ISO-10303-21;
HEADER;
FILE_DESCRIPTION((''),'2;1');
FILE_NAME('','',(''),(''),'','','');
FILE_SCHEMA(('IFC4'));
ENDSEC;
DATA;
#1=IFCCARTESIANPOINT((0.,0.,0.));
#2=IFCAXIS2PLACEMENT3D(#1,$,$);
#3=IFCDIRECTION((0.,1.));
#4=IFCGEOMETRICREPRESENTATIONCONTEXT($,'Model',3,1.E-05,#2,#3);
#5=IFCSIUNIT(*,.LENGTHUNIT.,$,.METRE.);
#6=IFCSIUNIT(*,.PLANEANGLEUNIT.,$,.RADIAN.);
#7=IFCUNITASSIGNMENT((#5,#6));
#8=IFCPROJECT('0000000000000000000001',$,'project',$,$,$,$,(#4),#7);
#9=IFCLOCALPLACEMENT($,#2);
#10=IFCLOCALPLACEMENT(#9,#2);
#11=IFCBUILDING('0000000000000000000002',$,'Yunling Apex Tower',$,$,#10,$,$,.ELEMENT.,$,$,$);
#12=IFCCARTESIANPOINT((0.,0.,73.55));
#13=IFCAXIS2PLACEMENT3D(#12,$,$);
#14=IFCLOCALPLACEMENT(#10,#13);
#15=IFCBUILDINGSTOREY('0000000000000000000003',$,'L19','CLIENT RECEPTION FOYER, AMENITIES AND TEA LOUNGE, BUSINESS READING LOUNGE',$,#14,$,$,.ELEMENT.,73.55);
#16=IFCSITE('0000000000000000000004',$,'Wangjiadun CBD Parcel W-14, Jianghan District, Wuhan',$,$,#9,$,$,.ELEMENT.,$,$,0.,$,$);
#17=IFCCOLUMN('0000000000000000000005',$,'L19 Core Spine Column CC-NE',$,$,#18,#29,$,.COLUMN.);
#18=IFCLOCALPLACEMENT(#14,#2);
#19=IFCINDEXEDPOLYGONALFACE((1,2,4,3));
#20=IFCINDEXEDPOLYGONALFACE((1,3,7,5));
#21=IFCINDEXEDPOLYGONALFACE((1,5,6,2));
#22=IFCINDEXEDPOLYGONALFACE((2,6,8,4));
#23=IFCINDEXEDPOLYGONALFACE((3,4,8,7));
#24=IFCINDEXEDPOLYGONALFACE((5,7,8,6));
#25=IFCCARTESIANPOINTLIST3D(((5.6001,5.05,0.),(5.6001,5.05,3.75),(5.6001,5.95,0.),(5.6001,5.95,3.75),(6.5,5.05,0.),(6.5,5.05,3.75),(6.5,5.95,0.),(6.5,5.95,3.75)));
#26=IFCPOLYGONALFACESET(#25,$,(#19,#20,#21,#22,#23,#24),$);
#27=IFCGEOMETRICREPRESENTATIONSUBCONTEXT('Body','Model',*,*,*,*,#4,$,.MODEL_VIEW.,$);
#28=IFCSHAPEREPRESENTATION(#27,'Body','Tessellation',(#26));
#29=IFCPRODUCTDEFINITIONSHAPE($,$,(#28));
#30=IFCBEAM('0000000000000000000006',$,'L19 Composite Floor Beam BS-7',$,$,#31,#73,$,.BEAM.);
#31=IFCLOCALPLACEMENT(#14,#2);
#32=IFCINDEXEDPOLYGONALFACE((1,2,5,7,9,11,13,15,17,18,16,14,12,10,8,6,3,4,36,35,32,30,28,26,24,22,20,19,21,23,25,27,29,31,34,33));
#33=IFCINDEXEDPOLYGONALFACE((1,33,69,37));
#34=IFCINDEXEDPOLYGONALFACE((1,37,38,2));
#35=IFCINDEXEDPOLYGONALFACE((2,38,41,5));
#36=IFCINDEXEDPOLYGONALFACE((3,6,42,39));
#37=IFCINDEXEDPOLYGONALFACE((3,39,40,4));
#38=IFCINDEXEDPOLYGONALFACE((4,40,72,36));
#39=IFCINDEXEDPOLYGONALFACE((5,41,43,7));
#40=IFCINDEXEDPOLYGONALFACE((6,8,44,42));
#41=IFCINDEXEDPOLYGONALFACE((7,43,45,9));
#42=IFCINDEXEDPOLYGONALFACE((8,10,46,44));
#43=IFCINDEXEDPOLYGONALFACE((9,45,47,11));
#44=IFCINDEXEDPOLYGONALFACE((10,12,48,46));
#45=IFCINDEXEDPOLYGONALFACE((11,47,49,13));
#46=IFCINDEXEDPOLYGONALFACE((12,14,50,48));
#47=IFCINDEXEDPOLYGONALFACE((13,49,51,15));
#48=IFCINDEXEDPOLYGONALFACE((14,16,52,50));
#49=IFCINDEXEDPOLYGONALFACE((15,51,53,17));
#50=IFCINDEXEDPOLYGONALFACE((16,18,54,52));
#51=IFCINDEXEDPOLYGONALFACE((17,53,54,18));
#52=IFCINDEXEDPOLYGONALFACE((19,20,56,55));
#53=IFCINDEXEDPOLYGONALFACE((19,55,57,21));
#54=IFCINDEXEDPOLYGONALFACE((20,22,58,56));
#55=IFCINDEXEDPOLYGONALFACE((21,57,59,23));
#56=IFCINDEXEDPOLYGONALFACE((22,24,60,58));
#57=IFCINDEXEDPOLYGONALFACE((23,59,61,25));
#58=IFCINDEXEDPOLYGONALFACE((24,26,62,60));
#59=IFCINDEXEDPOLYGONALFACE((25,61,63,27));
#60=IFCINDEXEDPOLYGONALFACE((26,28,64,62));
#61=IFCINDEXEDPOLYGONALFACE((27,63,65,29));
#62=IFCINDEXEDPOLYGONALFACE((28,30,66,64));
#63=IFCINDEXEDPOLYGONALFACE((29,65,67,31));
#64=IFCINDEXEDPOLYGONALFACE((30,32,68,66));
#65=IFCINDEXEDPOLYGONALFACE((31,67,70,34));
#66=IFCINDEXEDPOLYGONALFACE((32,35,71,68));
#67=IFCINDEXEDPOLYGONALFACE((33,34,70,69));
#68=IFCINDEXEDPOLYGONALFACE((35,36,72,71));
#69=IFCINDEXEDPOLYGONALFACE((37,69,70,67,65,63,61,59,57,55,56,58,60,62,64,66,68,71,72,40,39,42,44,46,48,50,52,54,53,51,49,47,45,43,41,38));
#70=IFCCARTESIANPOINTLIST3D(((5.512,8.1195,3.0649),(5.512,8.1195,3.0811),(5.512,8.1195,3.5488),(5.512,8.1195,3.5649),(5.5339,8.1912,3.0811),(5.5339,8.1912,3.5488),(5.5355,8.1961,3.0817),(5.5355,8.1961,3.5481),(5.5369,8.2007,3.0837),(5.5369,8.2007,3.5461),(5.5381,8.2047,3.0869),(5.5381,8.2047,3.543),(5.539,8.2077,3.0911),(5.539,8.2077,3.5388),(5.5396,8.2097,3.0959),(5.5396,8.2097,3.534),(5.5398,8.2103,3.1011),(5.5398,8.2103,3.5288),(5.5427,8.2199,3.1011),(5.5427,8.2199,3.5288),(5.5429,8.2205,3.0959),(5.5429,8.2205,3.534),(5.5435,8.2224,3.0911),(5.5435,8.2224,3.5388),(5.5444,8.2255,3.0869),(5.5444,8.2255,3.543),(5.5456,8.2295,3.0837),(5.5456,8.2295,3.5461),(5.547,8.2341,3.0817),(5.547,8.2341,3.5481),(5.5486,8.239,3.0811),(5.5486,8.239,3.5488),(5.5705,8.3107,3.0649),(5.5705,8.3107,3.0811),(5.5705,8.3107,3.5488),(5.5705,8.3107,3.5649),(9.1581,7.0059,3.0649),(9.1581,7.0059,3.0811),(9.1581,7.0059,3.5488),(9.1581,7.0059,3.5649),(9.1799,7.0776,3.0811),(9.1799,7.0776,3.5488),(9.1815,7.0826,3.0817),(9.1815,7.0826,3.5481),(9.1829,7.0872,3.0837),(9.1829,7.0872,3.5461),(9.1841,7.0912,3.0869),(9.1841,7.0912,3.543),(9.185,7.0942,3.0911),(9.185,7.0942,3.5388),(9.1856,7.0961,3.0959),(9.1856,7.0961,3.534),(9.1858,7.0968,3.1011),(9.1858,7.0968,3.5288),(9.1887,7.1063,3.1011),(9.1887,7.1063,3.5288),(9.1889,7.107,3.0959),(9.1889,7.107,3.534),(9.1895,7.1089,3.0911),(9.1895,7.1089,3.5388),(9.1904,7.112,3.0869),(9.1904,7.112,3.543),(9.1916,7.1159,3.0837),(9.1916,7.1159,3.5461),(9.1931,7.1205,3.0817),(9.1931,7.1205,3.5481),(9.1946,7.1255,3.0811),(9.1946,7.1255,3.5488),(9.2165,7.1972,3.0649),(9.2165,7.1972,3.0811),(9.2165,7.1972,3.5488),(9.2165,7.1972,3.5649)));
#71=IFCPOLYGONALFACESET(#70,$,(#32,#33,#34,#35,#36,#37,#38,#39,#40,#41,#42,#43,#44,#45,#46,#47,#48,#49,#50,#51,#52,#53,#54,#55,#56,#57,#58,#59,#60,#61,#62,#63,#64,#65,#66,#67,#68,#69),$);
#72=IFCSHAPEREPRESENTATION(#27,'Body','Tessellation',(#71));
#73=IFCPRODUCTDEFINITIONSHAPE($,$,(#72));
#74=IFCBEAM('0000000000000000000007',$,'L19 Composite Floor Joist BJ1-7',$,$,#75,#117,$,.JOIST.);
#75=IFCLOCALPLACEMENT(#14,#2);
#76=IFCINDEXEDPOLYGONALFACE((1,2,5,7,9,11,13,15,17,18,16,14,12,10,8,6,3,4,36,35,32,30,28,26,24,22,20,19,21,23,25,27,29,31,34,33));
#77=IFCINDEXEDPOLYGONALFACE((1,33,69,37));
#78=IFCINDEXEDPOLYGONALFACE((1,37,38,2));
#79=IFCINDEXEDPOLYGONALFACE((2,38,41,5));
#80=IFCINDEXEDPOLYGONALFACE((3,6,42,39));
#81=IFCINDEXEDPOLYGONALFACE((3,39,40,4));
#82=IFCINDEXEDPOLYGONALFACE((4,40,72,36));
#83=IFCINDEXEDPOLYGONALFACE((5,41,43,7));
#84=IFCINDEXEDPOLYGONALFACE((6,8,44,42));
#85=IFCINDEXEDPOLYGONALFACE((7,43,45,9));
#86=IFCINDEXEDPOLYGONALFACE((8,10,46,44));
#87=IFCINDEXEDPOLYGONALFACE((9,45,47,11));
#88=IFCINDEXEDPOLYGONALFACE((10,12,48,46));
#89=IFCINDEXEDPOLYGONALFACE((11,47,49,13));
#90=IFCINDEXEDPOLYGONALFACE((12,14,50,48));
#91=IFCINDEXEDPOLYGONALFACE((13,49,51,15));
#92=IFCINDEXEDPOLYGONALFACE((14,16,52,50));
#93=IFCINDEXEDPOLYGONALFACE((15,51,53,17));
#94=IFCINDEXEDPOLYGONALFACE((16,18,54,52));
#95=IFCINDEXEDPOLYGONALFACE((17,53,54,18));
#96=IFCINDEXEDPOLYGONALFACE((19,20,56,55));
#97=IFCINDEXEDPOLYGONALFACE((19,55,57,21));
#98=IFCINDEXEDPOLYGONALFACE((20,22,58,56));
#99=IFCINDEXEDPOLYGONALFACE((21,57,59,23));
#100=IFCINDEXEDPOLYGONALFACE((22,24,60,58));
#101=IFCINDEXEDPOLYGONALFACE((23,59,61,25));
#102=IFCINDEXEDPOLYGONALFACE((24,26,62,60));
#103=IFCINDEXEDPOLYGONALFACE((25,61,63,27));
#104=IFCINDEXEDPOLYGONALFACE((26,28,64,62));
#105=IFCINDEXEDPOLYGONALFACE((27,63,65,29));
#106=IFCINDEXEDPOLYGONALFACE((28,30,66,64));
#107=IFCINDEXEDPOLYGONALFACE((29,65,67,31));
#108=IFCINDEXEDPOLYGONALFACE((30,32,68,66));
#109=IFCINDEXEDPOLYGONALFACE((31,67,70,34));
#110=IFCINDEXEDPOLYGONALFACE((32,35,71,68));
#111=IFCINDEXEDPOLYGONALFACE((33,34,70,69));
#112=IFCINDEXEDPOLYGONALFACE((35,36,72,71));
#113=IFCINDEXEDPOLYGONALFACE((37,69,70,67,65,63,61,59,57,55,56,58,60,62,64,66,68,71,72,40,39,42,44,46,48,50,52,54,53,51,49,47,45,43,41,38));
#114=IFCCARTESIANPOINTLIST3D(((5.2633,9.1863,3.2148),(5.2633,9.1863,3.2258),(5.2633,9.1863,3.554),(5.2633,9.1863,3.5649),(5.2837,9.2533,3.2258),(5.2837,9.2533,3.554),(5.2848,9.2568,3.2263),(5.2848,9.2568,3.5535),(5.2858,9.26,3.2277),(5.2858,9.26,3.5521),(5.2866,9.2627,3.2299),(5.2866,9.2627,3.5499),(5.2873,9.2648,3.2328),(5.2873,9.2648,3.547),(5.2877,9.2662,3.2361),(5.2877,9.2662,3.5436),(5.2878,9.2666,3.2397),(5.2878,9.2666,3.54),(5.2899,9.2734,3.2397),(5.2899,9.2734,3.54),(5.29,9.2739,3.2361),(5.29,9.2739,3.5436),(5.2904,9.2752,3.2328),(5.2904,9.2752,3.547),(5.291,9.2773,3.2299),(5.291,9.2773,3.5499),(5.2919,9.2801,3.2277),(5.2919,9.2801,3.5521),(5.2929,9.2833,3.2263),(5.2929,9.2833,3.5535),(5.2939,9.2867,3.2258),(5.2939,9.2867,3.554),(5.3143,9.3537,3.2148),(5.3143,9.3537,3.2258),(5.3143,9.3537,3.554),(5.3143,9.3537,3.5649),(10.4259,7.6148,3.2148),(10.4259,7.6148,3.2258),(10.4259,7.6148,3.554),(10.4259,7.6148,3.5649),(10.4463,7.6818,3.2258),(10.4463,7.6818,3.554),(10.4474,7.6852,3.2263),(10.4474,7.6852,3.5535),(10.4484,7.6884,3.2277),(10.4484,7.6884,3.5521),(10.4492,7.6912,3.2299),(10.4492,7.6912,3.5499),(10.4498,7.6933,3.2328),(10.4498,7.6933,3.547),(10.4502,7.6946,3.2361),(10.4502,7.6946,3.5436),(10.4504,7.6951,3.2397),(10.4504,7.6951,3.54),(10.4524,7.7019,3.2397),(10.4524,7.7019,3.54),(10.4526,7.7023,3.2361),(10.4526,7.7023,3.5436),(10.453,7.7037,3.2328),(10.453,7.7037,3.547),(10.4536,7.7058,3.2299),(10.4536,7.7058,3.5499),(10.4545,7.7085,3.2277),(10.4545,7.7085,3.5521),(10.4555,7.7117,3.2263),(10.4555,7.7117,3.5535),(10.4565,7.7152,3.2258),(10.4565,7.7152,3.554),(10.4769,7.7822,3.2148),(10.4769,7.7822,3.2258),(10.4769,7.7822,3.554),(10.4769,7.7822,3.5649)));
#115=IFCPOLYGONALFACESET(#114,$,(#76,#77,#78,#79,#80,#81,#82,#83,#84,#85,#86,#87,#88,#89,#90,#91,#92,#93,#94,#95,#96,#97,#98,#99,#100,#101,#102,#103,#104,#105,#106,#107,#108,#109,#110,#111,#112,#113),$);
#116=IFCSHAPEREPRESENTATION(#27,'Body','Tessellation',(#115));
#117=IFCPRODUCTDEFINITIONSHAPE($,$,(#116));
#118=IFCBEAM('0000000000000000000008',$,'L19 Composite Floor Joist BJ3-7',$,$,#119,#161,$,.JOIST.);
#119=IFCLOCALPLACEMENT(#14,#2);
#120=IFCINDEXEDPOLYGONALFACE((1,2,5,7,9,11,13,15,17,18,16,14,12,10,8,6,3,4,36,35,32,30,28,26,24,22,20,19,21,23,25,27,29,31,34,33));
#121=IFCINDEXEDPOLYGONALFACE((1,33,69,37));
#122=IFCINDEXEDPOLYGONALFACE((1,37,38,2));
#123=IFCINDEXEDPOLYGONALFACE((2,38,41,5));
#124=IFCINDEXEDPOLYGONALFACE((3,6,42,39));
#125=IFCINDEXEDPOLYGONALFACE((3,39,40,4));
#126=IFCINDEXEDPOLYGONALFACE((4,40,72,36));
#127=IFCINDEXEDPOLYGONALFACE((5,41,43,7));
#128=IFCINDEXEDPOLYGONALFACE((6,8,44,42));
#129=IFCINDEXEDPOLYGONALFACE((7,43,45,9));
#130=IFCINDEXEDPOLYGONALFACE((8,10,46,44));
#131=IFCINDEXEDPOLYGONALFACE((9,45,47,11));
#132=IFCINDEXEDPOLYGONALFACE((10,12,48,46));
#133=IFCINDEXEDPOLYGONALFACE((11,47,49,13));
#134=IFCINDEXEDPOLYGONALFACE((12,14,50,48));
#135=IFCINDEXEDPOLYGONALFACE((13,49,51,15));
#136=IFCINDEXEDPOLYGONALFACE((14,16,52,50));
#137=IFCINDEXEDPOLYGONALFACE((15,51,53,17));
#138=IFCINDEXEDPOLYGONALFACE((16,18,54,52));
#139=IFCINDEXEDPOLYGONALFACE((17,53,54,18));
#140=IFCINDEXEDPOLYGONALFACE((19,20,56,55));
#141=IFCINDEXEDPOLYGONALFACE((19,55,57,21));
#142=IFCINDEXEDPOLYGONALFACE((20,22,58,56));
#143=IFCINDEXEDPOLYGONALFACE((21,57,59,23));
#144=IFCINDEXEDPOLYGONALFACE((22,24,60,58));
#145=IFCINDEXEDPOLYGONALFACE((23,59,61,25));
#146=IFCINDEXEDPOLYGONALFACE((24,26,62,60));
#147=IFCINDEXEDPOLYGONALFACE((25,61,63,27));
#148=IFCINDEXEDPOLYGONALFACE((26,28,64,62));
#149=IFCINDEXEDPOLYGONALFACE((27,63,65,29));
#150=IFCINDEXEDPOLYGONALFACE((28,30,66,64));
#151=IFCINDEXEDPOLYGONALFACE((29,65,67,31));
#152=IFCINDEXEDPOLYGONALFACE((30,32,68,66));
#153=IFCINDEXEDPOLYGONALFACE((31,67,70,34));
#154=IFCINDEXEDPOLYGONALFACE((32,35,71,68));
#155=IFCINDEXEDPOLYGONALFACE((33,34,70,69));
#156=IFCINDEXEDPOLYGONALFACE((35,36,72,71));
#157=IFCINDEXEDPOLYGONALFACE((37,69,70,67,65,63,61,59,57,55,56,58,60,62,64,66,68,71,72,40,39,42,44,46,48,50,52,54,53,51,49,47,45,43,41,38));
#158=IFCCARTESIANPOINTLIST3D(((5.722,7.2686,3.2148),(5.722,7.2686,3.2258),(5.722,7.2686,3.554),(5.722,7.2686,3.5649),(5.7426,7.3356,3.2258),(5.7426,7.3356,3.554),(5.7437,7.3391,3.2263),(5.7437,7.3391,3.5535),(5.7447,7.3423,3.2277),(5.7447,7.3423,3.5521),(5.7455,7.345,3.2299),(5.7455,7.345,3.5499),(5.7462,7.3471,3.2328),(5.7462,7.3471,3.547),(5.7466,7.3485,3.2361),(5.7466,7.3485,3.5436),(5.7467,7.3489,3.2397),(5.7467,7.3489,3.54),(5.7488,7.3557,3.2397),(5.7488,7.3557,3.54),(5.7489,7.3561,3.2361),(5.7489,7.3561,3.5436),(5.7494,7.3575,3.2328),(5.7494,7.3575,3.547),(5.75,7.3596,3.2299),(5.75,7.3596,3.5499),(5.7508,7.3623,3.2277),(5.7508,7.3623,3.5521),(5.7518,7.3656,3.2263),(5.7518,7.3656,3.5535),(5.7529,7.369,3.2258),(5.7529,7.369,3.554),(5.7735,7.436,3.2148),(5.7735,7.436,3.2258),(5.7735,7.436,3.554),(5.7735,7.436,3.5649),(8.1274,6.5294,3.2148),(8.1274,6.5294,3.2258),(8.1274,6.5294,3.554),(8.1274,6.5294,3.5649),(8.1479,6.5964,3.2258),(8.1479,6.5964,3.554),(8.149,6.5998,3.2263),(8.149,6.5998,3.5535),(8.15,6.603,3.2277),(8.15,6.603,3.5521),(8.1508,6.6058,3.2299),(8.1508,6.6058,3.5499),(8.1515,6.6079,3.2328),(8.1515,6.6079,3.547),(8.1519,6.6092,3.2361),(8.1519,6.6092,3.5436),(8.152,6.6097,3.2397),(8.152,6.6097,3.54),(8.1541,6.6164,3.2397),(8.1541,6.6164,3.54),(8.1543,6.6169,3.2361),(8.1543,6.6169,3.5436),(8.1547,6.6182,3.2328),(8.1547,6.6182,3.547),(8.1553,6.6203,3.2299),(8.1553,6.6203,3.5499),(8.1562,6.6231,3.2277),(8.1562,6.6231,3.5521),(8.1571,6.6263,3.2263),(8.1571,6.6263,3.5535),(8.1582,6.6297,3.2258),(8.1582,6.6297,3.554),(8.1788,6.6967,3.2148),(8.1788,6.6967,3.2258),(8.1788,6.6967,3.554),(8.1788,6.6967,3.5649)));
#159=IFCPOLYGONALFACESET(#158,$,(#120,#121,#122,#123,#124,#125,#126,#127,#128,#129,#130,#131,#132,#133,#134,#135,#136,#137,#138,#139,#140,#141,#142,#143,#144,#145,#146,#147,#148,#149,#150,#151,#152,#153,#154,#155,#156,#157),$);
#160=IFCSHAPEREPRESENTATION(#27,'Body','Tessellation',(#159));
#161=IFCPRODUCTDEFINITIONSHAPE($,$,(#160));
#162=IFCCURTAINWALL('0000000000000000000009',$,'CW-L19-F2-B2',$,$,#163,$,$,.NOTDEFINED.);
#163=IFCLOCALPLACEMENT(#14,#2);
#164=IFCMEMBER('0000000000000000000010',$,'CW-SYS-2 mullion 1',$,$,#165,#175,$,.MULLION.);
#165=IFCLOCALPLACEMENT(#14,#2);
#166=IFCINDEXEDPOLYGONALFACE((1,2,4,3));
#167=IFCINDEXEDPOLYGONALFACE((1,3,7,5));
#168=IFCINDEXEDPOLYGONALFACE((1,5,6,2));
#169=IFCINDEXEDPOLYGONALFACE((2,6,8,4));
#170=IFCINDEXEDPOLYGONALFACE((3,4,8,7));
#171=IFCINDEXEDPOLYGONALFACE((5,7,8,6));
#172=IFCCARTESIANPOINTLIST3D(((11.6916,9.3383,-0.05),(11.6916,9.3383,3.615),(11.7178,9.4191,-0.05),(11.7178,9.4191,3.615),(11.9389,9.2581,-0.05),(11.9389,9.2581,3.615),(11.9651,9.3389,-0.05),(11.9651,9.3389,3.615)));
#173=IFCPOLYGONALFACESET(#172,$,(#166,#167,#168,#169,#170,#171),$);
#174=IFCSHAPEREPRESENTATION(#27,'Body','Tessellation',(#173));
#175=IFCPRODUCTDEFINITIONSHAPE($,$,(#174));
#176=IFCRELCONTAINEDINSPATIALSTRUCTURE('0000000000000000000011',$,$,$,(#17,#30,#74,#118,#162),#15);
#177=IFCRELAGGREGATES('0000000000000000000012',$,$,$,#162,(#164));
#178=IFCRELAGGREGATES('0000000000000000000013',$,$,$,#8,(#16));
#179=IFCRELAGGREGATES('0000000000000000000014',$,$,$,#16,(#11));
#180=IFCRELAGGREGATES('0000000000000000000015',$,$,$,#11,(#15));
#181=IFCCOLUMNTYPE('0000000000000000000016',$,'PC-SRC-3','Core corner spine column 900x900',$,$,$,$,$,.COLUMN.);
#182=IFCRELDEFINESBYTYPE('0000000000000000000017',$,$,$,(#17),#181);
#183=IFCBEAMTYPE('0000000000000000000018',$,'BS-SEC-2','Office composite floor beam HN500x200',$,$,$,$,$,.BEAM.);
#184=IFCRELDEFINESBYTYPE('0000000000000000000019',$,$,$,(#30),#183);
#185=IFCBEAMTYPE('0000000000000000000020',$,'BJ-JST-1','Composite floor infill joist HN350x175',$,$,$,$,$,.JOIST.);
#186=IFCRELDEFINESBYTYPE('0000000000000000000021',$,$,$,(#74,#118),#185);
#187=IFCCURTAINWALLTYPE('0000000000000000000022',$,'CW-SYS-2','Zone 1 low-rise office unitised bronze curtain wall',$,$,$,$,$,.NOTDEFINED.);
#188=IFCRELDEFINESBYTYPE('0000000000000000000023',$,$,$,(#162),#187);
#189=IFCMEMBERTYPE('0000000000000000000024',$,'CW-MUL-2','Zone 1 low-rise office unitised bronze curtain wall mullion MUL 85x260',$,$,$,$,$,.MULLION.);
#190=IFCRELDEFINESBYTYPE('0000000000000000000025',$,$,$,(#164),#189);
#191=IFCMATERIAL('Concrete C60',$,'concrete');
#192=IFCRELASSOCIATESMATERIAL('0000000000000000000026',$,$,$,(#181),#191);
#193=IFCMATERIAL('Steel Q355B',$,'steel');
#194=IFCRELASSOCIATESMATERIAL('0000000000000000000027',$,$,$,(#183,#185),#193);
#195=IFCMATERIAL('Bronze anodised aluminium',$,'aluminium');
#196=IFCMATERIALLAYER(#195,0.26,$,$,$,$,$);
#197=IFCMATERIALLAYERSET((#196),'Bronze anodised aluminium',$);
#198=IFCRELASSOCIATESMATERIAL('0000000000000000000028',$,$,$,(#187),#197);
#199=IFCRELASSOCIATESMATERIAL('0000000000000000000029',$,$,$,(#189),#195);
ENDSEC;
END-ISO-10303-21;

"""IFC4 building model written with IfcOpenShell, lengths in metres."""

from ifc_helpers import new_model, si_unit, direction, frame, origin, origin_2d, place, context, subcontext, project, spatial, rectangle, i_section, extrude, source, transform, mapped, material, layer, layer_set, material_profile, profile_set, type_object, element, aggregate, save


model = new_model("IFC4")

# Units and contexts
model_context = context("Model", 3, precision=1e-05, world=origin(), true_north=direction((0.0, 1.0)))
body_context = subcontext(model_context, "Body", "Model", "MODEL_VIEW")
ifc_project = project(units=[si_unit("LENGTHUNIT", "METRE"), si_unit("PLANEANGLEUNIT", "RADIAN")], contexts=[model_context])

# Site, building, storey
site_placement = place(None, origin())
site = spatial("IfcSite", under=ifc_project, at=site_placement, Name="Wangjiadun CBD Parcel W-14, Jianghan District, Wuhan", CompositionType="ELEMENT", RefElevation=0.0)
building_placement = place(site_placement, origin())
building = spatial("IfcBuilding", under=site, at=building_placement, Name="Yunling Apex Tower", CompositionType="ELEMENT")
storey_placement = place(building_placement, frame((0.0, 0.0, 73.55)))
storey = spatial("IfcBuildingStorey", under=building, at=storey_placement, Name="L19", Description="CLIENT RECEPTION FOYER, AMENITIES AND TEA LOUNGE, BUSINESS READING LOUNGE", CompositionType="ELEMENT", Elevation=73.55)

# Column
ifc_material_1 = material(Name="Concrete C60", Category="concrete")
ifc_material_profile_1 = material_profile(ifc_material_1, rectangle(XDim=0.8999, YDim=0.8999, at=origin_2d()))
ifc_profile_set_1 = profile_set([ifc_material_profile_1], Name="Concrete C60")
column_type = type_object("IfcColumnType", Name="PC-SRC-3", Description="Core corner spine column 900x900", PredefinedType="COLUMN", material=ifc_profile_set_1)
shared_shape_1 = source(origin(), body_context, "Body", "SweptSolid", [
    extrude(rectangle(XDim=0.8999, YDim=0.8999, at=origin_2d()), origin(), (0.0, 0.0, 1.0), 3.75),
])
column_placement = place(storey_placement, frame((6.05, 5.5, 0.0), z_axis=(0.0, 0.0, 1.0), x_axis=(1.0, 0.0, 0.0)))
element("IfcColumn", 1, at=column_placement, inside=storey, type_object=column_type, Name="L19 Core Spine Column CC-NE", PredefinedType="COLUMN", context=body_context, shape_type="MappedRepresentation", body=[
    mapped(shared_shape_1, transform((0.0, 0.0, 0.0), scale=1.0)),
])

# Beams
ifc_material_2 = material(Name="Steel Q355B", Category="steel")
ifc_material_profile_2 = material_profile(ifc_material_2, i_section(OverallWidth=0.2, OverallDepth=0.5, WebThickness=0.01, FlangeThickness=0.0161, FilletRadius=0.02, at=origin_2d()))
ifc_profile_set_2 = profile_set([ifc_material_profile_2], Name="Steel Q355B")
beam_type_1 = type_object("IfcBeamType", Name="BS-SEC-2", Description="Office composite floor beam HN500x200", PredefinedType="BEAM", material=ifc_profile_set_2)
shared_shape_2 = source(origin(), body_context, "Body", "SweptSolid", [
    extrude(i_section(OverallWidth=0.2, OverallDepth=0.5, WebThickness=0.01, FlangeThickness=0.0161, FilletRadius=0.02, at=origin_2d()), origin(), (0.0, 0.0, 1.0), 3.8123),
])
beam_1_placement = place(storey_placement, frame((9.1873, 7.1016, 3.3149), z_axis=(-0.95639, 0.292092, 0.0), x_axis=(-0.292092, -0.95639, 0.0)))
element("IfcBeam", 2, at=beam_1_placement, inside=storey, type_object=beam_type_1, Name="L19 Composite Floor Beam BS-7", PredefinedType="BEAM", context=body_context, shape_type="MappedRepresentation", body=[
    mapped(shared_shape_2, transform((0.0, 0.0, 0.0), scale=1.0)),
])
ifc_material_profile_3 = material_profile(ifc_material_2, i_section(OverallWidth=0.175, OverallDepth=0.3501, WebThickness=0.0071, FlangeThickness=0.011, FilletRadius=0.0139, at=origin_2d()))
ifc_profile_set_3 = profile_set([ifc_material_profile_3], Name="Steel Q355B")
beam_type_2 = type_object("IfcBeamType", Name="BJ-JST-1", Description="Composite floor infill joist HN350x175", PredefinedType="JOIST", material=ifc_profile_set_3)
shared_shape_3 = source(origin(), body_context, "Body", "SweptSolid", [
    extrude(i_section(OverallWidth=0.175, OverallDepth=0.3501, WebThickness=0.0071, FlangeThickness=0.011, FilletRadius=0.0139, at=origin_2d()), origin(), (0.0, 0.0, 1.0), 5.3965),
])
beam_2_placement = place(storey_placement, frame((10.4514, 7.6985, 3.3899), z_axis=(-0.956658, 0.291214, 0.0), x_axis=(-0.291214, -0.956658, 0.0)))
element("IfcBeam", 3, at=beam_2_placement, inside=storey, type_object=beam_type_2, Name="L19 Composite Floor Joist BJ1-7", PredefinedType="JOIST", context=body_context, shape_type="MappedRepresentation", body=[
    mapped(shared_shape_3, transform((0.0, 0.0, 0.0), scale=1.0)),
])
shared_shape_4 = source(origin(), body_context, "Body", "SweptSolid", [
    extrude(i_section(OverallWidth=0.175, OverallDepth=0.3501, WebThickness=0.0071, FlangeThickness=0.011, FilletRadius=0.0139, at=origin_2d()), origin(), (0.0, 0.0, 1.0), 2.5164),
])
beam_3_placement = place(storey_placement, frame((8.1531, 6.613, 3.3899), z_axis=(-0.955871, 0.293786, 0.0), x_axis=(-0.293786, -0.955871, 0.0)))
element("IfcBeam", 4, at=beam_3_placement, inside=storey, type_object=beam_type_2, Name="L19 Composite Floor Joist BJ3-7", PredefinedType="JOIST", context=body_context, shape_type="MappedRepresentation", body=[
    mapped(shared_shape_4, transform((0.0, 0.0, 0.0), scale=1.0)),
])

# Curtain wall, member
ifc_material_3 = material(Name="Bronze anodised aluminium", Category="aluminium")
ifc_layer_1 = layer(ifc_material_3, 0.26)
ifc_layer_set_1 = layer_set([ifc_layer_1], Name="Bronze anodised aluminium")
curtain_wall_type = type_object("IfcCurtainWallType", Name="CW-SYS-2", Description="Zone 1 low-rise office unitised bronze curtain wall", PredefinedType="NOTDEFINED", material=ifc_layer_set_1)
curtain_wall_placement = place(storey_placement, origin())
curtain_wall = element("IfcCurtainWall", 5, at=curtain_wall_placement, inside=storey, type_object=curtain_wall_type, Name="CW-L19-F2-B2", PredefinedType="NOTDEFINED")
ifc_material_profile_4 = material_profile(ifc_material_3, rectangle(XDim=0.085, YDim=0.26, at=origin_2d()))
ifc_profile_set_4 = profile_set([ifc_material_profile_4], Name="Bronze anodised aluminium")
member_type_1 = type_object("IfcMemberType", Name="CW-MUL-2", Description="Zone 1 low-rise office unitised bronze curtain wall mullion MUL 85x260", PredefinedType="MULLION", material=ifc_profile_set_4)
shared_shape_5 = source(origin(), body_context, "Body", "SweptSolid", [
    extrude(rectangle(XDim=0.085, YDim=0.26, at=origin_2d()), origin(), (0.0, 0.0, 1.0), 3.665),
])
member_1_placement = place(storey_placement, frame((11.8284, 9.3386, -0.05), z_axis=(0.0, 0.0, 1.0), x_axis=(-0.308352, -0.951272, 0.0)))
member_1 = element("IfcMember", 6, at=member_1_placement, type_object=member_type_1, Name="CW-SYS-2 mullion 1", PredefinedType="MULLION", context=body_context, shape_type="MappedRepresentation", body=[
    mapped(shared_shape_5, transform((0.0, 0.0, 0.0), scale=1.0)),
])
aggregate(curtain_wall, [member_1])

save(model, "model.ifc")
